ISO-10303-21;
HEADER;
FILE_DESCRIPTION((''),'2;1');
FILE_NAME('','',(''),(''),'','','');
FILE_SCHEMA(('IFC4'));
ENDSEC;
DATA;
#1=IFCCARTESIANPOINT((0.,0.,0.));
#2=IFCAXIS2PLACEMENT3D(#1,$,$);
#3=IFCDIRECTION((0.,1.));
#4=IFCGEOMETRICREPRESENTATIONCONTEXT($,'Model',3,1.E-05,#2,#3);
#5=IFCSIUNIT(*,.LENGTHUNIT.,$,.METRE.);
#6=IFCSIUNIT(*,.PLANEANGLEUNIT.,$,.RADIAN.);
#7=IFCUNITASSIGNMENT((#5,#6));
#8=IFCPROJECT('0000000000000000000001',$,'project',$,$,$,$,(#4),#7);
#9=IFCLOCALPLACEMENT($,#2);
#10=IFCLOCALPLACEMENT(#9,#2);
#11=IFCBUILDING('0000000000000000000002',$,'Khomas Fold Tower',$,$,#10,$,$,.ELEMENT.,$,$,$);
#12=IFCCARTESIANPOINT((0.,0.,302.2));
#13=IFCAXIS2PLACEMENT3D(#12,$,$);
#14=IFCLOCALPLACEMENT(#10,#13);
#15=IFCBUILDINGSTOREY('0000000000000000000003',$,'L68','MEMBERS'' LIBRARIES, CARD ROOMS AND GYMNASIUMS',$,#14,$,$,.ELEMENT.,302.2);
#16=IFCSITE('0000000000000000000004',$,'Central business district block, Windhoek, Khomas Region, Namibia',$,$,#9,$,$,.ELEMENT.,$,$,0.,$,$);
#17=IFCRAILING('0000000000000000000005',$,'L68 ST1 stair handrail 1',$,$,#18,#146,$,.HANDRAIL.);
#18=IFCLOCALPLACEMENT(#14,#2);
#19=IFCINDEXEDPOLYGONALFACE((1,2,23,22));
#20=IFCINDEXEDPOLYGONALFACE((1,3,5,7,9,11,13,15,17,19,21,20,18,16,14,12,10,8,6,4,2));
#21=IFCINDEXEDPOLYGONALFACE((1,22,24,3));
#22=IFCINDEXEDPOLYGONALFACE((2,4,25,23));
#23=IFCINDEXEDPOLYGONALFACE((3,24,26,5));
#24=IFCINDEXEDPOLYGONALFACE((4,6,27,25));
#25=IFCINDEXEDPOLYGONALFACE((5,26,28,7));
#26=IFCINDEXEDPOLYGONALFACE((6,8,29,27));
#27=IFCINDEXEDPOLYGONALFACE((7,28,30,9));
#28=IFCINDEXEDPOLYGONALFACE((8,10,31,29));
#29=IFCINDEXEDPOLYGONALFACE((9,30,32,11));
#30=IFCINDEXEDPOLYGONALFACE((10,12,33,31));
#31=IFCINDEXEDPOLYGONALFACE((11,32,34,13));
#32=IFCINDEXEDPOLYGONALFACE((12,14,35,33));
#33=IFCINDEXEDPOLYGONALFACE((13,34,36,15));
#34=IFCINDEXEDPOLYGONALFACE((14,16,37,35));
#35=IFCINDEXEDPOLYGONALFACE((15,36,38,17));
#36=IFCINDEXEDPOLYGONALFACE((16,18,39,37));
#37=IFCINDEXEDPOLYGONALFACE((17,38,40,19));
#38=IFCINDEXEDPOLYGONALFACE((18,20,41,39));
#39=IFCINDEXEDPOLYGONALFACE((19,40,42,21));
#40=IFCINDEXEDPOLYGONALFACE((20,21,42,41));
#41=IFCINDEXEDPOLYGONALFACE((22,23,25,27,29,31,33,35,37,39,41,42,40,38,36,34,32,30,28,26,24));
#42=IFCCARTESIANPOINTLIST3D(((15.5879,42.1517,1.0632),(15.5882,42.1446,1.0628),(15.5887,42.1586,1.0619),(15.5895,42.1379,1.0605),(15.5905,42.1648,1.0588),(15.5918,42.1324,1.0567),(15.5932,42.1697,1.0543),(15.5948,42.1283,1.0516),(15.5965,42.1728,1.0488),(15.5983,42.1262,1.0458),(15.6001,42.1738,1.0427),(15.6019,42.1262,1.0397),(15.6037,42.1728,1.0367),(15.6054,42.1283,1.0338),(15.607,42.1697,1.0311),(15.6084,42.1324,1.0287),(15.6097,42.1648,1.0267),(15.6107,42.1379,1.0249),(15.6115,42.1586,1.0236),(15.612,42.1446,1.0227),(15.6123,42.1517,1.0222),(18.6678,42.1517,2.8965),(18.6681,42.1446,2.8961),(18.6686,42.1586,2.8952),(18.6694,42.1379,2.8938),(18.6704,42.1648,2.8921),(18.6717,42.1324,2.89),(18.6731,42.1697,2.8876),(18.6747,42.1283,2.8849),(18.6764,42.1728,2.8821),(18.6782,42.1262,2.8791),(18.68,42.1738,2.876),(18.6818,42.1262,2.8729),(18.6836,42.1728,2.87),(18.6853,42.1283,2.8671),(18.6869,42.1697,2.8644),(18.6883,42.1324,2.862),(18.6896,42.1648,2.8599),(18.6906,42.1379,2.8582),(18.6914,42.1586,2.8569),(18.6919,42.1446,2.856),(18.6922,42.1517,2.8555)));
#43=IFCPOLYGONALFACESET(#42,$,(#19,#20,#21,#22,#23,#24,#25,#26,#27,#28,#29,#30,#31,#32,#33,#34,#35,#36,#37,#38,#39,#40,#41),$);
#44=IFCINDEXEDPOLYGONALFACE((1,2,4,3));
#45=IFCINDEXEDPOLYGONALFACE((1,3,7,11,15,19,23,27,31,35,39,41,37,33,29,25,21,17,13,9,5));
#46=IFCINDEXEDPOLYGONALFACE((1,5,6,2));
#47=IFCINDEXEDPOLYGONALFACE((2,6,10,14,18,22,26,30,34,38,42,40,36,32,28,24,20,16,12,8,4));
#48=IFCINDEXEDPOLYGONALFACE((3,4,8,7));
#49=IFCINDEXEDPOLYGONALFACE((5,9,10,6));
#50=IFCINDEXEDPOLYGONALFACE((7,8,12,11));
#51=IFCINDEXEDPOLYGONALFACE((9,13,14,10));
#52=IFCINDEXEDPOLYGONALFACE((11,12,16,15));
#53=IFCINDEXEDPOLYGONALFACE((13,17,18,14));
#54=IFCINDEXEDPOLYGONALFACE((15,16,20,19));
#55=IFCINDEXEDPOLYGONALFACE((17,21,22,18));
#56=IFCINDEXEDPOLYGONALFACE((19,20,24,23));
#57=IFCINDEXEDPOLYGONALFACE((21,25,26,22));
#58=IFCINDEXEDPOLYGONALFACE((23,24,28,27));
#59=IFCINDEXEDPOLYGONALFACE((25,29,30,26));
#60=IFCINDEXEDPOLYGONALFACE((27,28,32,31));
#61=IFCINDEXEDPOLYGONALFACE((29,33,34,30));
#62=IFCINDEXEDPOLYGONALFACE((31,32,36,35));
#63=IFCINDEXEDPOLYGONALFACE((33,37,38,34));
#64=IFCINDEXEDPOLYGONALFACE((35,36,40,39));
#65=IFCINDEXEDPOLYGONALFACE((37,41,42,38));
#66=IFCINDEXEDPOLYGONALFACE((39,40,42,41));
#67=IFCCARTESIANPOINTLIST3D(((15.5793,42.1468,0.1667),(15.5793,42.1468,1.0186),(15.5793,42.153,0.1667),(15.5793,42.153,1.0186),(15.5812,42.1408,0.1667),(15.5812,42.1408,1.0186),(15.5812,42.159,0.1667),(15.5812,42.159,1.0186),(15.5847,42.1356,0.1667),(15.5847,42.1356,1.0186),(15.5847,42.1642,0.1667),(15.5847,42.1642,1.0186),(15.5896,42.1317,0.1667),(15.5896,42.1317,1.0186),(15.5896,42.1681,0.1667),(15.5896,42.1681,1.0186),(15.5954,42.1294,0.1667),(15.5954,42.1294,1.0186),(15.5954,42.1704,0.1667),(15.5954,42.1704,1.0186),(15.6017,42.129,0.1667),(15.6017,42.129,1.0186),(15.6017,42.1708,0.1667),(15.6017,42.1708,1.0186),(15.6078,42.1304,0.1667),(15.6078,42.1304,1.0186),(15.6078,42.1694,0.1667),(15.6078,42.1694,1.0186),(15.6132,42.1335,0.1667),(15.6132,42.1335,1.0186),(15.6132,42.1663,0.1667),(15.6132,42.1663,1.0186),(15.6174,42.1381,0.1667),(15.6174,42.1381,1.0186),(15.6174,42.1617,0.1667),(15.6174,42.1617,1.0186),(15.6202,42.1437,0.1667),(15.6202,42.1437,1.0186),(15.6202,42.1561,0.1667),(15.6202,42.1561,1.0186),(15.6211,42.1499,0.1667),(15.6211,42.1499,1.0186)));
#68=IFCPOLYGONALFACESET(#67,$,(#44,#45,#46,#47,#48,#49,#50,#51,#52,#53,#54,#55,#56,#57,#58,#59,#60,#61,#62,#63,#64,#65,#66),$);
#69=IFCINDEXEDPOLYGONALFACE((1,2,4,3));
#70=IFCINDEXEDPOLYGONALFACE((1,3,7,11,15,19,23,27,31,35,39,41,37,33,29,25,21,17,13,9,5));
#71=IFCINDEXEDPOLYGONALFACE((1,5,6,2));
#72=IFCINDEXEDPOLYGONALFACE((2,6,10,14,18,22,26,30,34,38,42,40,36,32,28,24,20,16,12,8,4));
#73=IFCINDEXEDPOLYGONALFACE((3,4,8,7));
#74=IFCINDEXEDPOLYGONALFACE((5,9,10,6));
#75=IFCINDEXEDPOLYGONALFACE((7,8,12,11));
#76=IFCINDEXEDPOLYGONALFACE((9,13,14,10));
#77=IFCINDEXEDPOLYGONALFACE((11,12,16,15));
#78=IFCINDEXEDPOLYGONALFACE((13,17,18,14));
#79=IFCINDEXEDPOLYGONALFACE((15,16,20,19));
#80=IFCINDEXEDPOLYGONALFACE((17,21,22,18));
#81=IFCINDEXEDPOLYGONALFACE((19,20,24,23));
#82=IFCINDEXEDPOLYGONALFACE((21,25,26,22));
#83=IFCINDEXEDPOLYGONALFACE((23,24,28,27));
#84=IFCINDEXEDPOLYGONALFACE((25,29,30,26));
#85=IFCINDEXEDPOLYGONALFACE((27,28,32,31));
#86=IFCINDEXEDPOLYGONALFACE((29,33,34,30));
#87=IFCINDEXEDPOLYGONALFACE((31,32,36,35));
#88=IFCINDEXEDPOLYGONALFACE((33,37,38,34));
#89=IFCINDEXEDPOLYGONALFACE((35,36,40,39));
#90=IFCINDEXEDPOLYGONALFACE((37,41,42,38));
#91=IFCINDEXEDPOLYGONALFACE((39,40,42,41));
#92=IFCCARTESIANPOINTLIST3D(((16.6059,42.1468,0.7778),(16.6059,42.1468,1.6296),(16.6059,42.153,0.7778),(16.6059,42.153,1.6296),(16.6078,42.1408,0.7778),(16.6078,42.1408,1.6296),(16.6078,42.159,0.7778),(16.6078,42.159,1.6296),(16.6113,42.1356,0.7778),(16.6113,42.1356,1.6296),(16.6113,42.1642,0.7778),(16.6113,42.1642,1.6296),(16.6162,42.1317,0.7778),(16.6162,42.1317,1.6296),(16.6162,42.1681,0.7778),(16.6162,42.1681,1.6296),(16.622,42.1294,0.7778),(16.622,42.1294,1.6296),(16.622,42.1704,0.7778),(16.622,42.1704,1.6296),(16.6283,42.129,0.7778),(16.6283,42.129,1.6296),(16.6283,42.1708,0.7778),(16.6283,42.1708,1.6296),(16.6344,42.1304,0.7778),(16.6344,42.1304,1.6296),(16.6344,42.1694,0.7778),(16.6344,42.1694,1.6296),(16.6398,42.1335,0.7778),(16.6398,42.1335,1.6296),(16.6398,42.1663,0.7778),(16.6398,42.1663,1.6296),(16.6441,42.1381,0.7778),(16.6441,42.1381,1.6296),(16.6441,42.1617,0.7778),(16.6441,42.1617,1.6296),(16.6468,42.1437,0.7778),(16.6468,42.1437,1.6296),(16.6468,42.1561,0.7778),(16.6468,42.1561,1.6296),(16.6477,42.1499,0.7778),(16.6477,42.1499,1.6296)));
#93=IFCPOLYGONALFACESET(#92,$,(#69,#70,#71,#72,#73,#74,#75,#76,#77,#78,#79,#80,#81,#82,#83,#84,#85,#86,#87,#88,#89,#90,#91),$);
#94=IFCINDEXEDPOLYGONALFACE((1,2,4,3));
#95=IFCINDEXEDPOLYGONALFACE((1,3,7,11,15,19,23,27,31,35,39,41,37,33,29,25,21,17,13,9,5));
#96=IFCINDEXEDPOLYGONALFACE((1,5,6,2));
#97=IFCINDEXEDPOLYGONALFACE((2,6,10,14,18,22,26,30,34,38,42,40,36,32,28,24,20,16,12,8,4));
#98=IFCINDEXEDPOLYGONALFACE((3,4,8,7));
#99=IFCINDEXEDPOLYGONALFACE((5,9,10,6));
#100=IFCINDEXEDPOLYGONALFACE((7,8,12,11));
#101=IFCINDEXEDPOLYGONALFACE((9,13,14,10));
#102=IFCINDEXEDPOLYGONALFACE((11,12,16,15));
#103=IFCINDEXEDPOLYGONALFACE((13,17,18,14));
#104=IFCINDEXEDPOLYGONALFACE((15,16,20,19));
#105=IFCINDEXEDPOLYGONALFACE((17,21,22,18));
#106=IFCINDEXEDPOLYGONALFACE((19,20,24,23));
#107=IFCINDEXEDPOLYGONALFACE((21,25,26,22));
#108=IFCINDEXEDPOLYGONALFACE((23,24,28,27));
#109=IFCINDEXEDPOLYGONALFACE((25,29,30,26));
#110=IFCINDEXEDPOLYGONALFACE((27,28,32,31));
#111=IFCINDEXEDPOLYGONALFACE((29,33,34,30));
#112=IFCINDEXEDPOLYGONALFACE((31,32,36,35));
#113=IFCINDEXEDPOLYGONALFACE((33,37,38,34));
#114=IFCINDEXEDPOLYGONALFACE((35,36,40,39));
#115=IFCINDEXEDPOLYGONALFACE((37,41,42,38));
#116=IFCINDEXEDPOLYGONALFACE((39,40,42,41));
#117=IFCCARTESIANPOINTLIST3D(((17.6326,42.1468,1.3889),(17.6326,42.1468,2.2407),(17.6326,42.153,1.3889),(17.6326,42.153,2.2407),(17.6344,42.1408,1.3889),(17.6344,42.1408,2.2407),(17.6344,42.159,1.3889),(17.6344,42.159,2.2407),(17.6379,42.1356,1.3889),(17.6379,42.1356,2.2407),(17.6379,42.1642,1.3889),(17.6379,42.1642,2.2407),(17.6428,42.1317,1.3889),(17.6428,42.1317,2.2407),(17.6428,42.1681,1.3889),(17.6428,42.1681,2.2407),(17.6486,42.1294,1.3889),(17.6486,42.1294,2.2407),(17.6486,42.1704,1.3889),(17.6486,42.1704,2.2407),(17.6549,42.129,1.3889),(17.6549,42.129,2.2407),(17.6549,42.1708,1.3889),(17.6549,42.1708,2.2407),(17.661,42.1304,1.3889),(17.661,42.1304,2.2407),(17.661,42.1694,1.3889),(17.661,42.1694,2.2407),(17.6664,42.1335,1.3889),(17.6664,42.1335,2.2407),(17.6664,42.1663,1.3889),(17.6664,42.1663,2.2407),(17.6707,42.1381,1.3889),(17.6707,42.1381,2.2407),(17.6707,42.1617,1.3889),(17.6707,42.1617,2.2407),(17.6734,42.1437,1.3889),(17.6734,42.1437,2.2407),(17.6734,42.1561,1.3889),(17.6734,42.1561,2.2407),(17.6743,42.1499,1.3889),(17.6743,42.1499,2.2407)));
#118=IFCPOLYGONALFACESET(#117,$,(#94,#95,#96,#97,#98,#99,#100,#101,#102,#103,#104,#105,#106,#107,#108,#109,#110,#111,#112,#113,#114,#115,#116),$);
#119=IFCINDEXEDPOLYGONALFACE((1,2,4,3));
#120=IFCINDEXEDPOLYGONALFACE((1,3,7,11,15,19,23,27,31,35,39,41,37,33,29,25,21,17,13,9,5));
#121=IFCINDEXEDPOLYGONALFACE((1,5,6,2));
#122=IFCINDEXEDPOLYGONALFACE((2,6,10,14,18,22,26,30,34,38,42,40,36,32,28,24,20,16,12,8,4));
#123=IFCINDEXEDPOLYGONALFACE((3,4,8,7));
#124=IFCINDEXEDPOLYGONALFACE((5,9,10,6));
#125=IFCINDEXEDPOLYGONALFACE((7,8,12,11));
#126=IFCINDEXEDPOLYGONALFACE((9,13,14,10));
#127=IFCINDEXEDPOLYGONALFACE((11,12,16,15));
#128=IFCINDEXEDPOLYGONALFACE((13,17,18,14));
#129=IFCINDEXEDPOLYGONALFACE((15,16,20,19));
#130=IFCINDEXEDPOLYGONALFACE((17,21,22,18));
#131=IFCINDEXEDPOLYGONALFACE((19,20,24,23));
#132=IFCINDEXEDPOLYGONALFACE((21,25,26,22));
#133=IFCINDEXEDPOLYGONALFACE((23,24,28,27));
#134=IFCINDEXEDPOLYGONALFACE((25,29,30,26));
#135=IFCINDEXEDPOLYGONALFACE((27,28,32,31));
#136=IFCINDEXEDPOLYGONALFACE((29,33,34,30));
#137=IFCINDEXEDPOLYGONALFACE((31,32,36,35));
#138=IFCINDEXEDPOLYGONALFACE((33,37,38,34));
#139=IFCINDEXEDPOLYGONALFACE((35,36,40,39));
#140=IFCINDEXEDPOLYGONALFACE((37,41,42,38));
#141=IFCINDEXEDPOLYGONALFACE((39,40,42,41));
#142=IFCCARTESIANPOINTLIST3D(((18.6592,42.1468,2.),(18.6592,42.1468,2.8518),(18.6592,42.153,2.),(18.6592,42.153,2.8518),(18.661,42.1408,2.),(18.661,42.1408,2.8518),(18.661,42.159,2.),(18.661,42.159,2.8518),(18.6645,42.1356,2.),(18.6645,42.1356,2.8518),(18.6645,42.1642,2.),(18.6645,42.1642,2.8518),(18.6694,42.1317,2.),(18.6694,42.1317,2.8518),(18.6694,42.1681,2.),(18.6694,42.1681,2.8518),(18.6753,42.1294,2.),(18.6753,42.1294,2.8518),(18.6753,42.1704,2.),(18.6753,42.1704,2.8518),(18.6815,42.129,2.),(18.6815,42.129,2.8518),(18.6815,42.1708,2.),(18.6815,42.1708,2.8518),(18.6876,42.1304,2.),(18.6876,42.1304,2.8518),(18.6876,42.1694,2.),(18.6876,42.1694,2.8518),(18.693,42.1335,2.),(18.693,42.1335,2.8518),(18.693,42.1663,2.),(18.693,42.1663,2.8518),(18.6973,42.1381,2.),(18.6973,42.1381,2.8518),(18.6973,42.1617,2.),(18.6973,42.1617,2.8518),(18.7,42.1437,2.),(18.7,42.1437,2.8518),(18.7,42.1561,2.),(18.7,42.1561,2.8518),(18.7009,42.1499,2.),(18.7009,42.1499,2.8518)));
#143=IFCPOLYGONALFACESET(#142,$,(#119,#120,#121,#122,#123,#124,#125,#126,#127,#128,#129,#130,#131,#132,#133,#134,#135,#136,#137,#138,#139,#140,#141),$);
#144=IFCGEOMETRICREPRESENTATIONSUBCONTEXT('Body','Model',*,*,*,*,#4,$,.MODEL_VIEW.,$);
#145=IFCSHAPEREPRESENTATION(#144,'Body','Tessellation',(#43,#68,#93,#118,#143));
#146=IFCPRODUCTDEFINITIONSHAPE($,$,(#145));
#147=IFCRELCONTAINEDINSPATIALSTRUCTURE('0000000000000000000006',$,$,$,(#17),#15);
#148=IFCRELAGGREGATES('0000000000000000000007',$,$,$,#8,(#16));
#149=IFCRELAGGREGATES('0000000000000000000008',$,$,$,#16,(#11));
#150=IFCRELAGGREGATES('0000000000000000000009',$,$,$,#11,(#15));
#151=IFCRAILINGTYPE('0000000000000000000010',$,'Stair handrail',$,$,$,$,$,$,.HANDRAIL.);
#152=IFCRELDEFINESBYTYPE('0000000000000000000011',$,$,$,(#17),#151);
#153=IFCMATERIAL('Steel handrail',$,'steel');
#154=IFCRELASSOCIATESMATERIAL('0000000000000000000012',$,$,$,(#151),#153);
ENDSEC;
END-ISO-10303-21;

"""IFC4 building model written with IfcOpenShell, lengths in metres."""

from ifc_helpers import new_model, si_unit, direction, frame, origin, origin_2d, place, context, subcontext, project, spatial, circle, extrude, source, transform, mapped, material, type_object, element, save


model = new_model("IFC4")

# Units and contexts
model_context = context("Model", 3, precision=1e-05, world=origin(), true_north=direction((0.0, 1.0)))
body_context = subcontext(model_context, "Body", "Model", "MODEL_VIEW")
ifc_project = project(units=[si_unit("LENGTHUNIT", "METRE"), si_unit("PLANEANGLEUNIT", "RADIAN")], contexts=[model_context])

# Site, building, storey
site_placement = place(None, origin())
site = spatial("IfcSite", under=ifc_project, at=site_placement, Name="Central business district block, Windhoek, Khomas Region, Namibia", CompositionType="ELEMENT", RefElevation=0.0)
building_placement = place(site_placement, origin())
building = spatial("IfcBuilding", under=site, at=building_placement, Name="Khomas Fold Tower", CompositionType="ELEMENT")
storey_placement = place(building_placement, frame((0.0, 0.0, 302.2)))
storey = spatial("IfcBuildingStorey", under=building, at=storey_placement, Name="L68", Description="MEMBERS' LIBRARIES, CARD ROOMS AND GYMNASIUMS", CompositionType="ELEMENT", Elevation=302.2)

# Railing
ifc_material_1 = material(Name="Steel handrail", Category="steel")
railing_type_1 = type_object("IfcRailingType", Name="Stair handrail", PredefinedType="HANDRAIL", material=ifc_material_1)
shared_shape_1 = source(origin(), body_context, "Body", "SweptSolid", [
    extrude(circle(Radius=0.0239, at=origin_2d()), frame((0.0, 0.0, 0.876), z_axis=(0.859291, 0.0, 0.511487), x_axis=(0.0, 1.0, 0.0)), (0.0, 0.0, 1.0), 3.5842),
    extrude(circle(Radius=0.021, at=origin_2d()), origin(), (0.0, 0.0, 1.0), 0.8518),
    extrude(circle(Radius=0.021, at=origin_2d()), frame((1.0266, 0.0, 0.6111)), (0.0, 0.0, 1.0), 0.8518),
    extrude(circle(Radius=0.021, at=origin_2d()), frame((2.0532, 0.0, 1.2222)), (0.0, 0.0, 1.0), 0.8518),
    extrude(circle(Radius=0.021, at=origin_2d()), frame((3.0798, 0.0, 1.8333)), (0.0, 0.0, 1.0), 0.8518),
])
railing_1_placement = place(storey_placement, frame((15.6001, 42.1499, 0.1667)))
element("IfcRailing", 1, at=railing_1_placement, inside=storey, type_object=railing_type_1, Name="L68 ST1 stair handrail 1", PredefinedType="HANDRAIL", context=body_context, shape_type="MappedRepresentation", body=[
    mapped(shared_shape_1, transform((0.0, 0.0, 0.0))),
])

save(model, "model.ifc")
